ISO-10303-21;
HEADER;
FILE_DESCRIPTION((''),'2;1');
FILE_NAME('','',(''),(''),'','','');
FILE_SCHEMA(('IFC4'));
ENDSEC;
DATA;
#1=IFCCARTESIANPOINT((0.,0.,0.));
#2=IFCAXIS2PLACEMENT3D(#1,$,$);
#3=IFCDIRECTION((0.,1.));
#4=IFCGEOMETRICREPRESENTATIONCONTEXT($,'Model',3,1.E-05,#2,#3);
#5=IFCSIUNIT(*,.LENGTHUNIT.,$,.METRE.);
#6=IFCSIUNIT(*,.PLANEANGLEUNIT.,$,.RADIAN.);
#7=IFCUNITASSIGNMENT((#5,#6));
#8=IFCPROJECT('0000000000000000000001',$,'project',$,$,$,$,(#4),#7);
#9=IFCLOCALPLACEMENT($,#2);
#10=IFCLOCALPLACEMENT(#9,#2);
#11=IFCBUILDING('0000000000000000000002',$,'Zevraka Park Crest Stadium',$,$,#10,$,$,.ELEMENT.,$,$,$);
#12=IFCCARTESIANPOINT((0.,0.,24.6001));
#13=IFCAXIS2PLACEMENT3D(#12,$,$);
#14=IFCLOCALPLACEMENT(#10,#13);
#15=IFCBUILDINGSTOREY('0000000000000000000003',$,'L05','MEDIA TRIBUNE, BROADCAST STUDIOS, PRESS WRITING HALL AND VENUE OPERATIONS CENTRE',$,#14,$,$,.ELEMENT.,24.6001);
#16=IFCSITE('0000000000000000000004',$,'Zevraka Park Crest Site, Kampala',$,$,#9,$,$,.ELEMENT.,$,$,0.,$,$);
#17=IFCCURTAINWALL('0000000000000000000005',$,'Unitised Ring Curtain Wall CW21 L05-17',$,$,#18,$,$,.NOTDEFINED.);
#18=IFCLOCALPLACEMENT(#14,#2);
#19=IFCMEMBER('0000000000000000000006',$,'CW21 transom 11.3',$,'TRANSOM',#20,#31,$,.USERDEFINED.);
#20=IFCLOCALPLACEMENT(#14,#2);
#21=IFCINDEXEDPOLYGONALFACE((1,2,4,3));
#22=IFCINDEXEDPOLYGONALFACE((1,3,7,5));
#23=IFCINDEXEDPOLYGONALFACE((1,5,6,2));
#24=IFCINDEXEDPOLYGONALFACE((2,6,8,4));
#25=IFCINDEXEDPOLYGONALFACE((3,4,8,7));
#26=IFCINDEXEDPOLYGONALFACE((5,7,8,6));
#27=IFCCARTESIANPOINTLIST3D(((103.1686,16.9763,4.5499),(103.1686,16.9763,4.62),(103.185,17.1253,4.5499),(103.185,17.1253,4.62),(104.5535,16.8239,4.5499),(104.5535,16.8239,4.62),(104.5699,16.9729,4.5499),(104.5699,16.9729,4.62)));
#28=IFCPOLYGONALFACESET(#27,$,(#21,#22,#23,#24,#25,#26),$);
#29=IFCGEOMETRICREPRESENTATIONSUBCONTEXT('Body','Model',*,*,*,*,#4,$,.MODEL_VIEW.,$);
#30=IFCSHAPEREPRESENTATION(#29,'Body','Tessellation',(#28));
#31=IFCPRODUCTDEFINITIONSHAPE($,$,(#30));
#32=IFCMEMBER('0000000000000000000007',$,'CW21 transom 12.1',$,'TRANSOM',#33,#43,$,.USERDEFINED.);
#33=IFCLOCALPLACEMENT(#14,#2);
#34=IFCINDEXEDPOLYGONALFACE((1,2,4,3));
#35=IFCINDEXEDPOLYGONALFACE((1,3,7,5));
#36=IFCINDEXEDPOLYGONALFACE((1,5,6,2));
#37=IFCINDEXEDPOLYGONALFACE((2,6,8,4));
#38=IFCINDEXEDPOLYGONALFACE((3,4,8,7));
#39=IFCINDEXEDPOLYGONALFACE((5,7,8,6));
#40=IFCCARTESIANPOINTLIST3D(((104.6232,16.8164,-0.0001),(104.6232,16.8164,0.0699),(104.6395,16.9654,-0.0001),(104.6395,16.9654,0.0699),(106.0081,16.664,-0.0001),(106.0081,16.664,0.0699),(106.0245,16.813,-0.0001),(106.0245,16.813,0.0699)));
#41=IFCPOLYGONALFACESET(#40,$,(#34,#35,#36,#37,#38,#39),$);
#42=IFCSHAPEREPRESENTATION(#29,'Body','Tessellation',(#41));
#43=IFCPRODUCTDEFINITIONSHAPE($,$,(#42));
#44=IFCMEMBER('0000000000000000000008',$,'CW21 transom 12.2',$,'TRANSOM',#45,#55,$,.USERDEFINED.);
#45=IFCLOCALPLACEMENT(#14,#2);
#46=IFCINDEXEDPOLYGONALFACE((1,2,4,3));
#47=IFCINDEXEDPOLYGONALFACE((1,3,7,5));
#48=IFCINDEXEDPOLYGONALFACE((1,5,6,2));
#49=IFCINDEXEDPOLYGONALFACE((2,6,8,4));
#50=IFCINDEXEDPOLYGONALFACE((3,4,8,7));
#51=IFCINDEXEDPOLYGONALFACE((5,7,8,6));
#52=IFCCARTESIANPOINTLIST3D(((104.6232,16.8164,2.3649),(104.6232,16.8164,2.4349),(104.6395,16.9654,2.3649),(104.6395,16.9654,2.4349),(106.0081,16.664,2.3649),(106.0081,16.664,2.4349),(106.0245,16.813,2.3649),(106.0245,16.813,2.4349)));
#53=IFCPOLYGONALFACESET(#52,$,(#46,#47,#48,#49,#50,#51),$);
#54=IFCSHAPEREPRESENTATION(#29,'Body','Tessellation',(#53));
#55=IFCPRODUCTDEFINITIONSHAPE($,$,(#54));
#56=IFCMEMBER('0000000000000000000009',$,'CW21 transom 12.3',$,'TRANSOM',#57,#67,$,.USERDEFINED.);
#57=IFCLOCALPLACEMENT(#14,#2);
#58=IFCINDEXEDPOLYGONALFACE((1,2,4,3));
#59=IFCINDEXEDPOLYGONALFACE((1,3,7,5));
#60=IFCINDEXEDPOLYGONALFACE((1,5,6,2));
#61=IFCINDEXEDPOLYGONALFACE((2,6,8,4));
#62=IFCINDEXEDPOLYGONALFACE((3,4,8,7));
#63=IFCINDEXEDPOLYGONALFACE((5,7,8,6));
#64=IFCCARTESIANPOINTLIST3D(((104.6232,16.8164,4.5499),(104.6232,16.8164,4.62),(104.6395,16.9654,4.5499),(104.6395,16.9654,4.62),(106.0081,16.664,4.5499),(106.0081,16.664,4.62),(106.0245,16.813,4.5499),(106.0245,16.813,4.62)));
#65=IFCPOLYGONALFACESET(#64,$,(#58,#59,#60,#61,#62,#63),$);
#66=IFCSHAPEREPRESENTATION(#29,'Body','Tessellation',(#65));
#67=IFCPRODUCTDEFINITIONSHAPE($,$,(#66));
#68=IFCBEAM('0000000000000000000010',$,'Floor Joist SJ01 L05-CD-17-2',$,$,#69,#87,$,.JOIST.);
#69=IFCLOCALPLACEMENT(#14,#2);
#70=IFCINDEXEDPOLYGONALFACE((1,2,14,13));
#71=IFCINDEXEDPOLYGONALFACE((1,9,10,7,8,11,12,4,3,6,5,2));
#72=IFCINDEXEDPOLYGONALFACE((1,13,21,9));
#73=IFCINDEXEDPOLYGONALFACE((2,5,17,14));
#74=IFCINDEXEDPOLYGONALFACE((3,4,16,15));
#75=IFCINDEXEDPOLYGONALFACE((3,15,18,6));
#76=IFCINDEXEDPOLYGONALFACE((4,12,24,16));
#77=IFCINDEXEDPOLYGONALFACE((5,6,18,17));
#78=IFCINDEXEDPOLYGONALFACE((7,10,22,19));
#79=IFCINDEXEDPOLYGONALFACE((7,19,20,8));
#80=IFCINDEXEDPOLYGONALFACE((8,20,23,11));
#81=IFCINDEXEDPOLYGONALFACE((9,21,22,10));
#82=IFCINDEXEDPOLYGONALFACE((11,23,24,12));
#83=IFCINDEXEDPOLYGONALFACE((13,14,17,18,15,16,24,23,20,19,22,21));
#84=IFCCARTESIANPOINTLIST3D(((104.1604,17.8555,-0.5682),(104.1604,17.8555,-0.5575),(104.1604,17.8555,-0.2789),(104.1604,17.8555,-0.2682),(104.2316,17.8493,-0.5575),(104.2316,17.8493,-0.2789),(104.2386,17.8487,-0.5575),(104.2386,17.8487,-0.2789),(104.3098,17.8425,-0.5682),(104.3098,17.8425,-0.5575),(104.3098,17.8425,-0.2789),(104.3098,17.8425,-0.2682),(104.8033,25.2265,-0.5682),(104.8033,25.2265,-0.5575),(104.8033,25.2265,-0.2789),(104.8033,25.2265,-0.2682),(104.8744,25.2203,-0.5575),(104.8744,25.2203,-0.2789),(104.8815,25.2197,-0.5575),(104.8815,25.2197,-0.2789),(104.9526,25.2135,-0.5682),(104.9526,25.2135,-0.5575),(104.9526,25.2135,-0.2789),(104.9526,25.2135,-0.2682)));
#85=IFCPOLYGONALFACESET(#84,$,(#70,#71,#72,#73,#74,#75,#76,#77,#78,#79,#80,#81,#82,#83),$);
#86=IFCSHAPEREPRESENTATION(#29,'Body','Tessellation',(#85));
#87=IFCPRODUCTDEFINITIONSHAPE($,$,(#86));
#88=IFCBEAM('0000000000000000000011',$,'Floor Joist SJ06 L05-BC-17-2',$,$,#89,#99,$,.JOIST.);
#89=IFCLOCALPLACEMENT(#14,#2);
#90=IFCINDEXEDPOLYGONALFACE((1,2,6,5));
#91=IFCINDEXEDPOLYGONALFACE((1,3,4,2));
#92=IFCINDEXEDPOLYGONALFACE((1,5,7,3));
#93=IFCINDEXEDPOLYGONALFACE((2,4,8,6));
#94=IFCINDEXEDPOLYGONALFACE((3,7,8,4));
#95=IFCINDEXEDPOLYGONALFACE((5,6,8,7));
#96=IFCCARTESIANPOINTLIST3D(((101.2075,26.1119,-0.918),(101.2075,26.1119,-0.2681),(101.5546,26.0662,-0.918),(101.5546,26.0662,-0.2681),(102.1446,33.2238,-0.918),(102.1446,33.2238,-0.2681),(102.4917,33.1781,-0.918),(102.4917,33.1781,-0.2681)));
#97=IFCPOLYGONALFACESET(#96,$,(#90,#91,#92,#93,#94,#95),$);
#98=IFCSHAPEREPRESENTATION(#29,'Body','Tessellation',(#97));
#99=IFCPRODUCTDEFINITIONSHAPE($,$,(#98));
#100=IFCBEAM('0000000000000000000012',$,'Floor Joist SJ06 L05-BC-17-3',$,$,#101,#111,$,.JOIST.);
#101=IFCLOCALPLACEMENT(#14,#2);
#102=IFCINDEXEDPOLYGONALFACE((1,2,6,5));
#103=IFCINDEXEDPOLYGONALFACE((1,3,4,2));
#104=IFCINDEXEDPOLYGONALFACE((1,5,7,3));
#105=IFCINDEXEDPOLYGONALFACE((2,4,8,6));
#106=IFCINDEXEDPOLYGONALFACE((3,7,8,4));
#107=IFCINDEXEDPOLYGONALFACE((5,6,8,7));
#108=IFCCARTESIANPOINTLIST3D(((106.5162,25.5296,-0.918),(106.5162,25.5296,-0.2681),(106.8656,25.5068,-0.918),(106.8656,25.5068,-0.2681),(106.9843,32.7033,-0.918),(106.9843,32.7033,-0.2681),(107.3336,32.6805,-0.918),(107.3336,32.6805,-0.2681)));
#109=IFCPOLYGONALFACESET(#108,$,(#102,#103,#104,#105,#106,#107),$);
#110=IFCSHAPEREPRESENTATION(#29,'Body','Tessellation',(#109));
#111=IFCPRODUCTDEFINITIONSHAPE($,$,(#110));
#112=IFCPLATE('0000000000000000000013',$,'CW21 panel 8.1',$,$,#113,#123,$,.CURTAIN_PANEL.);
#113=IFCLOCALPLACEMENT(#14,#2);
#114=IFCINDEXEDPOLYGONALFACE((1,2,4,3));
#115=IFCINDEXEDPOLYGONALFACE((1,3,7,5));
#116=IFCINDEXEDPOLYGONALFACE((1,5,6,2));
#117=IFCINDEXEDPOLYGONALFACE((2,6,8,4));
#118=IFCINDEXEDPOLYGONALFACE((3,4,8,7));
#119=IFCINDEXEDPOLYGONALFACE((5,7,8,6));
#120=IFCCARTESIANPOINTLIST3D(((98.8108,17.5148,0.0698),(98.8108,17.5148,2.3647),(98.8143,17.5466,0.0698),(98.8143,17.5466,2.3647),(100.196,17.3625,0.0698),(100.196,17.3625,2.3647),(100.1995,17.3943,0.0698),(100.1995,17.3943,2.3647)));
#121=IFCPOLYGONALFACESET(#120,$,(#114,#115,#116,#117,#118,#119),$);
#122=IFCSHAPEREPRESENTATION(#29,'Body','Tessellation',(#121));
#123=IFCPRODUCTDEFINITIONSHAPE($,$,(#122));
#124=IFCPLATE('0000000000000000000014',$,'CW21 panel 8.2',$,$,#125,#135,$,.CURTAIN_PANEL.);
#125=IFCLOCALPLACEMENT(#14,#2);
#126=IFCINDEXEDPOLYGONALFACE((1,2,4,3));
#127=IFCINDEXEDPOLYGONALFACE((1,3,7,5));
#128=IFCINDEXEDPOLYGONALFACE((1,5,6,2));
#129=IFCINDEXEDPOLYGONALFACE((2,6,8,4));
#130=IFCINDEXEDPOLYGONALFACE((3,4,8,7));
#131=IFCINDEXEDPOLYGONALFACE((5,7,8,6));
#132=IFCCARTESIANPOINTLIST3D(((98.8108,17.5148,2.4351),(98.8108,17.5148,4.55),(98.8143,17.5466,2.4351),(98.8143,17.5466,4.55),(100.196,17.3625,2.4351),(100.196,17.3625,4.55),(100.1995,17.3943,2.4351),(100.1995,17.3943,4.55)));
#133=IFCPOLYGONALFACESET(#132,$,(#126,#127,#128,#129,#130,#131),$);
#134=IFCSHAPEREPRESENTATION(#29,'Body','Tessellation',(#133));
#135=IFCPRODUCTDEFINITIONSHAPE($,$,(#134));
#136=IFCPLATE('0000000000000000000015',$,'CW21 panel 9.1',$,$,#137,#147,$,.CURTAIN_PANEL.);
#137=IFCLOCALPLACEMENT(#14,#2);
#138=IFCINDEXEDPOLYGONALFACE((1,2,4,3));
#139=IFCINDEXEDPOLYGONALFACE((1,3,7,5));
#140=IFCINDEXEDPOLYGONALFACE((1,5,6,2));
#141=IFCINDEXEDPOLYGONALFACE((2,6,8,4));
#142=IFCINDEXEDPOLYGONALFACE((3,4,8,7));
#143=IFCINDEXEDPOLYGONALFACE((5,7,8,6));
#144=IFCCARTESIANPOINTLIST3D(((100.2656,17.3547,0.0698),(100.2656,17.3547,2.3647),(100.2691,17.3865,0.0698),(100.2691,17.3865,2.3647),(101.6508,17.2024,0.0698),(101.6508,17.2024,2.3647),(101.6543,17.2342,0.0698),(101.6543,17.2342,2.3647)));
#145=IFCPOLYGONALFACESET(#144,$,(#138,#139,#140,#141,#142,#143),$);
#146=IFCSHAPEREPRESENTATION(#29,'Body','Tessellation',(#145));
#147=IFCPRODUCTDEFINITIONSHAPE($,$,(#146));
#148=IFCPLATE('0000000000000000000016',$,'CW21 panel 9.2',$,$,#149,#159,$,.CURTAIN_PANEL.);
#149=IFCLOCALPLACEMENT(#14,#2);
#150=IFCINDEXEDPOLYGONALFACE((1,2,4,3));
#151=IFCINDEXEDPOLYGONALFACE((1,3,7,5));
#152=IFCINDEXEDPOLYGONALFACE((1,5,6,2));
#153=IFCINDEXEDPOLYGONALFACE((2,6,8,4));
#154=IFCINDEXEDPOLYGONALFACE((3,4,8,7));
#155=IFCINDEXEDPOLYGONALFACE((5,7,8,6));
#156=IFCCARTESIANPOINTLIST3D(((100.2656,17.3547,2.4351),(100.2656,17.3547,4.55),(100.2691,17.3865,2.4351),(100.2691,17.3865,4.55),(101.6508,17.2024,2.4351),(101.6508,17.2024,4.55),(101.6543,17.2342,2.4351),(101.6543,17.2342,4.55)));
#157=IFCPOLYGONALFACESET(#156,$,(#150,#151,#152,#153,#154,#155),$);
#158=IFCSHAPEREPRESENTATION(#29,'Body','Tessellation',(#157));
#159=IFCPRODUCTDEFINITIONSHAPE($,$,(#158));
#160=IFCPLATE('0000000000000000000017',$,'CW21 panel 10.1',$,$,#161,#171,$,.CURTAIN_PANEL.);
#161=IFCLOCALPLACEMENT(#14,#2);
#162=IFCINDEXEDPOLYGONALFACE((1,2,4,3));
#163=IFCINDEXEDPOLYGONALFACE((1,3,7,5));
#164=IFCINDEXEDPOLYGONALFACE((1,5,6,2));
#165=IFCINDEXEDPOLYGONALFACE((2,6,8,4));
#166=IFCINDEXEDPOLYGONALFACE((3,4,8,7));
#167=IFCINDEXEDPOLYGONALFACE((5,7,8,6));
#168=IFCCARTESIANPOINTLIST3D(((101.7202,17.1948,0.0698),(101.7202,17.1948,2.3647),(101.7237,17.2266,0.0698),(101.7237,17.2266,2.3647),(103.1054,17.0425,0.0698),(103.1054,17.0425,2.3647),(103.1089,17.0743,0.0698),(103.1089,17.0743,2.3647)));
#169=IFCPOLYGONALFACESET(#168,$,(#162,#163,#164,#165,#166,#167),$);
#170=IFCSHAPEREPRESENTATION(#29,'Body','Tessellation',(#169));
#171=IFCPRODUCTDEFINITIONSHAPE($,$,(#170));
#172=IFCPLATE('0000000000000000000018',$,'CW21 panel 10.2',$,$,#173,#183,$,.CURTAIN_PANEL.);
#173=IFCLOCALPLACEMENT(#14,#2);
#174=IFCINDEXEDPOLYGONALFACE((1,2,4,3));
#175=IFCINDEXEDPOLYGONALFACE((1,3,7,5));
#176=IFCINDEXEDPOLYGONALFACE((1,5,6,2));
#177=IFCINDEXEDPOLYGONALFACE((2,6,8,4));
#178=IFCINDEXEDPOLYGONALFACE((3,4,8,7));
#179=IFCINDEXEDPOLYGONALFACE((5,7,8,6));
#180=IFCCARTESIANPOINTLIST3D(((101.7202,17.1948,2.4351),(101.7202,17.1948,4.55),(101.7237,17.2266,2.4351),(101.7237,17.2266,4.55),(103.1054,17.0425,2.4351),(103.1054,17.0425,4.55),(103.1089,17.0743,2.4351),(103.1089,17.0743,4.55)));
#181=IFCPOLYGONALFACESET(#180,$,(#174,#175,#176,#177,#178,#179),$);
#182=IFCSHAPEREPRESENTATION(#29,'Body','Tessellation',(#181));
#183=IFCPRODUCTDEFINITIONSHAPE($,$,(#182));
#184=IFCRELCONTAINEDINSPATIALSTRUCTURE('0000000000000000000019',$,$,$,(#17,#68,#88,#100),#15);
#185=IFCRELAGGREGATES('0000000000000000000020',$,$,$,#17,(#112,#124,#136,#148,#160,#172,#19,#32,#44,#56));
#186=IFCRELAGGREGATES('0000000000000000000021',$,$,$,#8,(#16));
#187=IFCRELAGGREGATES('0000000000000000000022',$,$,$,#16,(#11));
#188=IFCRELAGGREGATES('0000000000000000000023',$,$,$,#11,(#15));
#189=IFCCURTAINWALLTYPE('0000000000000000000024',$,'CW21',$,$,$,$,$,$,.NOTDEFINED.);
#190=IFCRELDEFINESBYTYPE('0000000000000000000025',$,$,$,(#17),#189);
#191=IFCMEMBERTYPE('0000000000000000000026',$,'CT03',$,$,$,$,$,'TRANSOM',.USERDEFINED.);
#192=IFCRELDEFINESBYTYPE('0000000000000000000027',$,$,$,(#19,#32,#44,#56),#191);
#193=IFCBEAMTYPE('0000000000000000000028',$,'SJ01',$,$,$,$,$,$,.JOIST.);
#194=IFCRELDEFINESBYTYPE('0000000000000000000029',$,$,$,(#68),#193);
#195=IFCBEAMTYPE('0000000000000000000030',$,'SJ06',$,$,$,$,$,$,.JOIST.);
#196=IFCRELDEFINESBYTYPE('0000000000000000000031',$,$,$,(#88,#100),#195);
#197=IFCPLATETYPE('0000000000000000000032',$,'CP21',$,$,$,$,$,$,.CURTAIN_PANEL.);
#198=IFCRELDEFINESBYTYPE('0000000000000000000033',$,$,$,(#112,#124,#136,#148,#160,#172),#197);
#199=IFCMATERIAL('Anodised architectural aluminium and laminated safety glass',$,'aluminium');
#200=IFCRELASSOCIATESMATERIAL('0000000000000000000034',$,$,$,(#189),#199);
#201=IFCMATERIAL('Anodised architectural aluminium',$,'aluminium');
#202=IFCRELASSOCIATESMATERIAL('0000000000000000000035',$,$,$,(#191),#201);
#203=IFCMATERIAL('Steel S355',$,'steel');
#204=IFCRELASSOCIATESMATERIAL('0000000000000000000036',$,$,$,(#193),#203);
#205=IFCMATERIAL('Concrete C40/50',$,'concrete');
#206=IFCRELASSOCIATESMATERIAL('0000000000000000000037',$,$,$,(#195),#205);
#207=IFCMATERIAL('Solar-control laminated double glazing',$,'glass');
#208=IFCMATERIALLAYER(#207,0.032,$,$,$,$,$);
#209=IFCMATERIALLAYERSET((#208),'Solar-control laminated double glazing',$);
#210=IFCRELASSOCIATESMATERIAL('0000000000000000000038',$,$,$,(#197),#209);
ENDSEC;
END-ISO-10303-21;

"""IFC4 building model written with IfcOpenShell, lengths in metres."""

from ifc_helpers import new_model, si_unit, direction, frame, origin, origin_2d, place, context, subcontext, project, spatial, rectangle, i_section, extrude, material, layer, layer_set, material_profile, profile_set, type_object, element, aggregate, save


model = new_model("IFC4")

# Units and contexts
model_context = context("Model", 3, precision=1e-05, world=origin(), true_north=direction((0.0, 1.0)))
body_context = subcontext(model_context, "Body", "Model", "MODEL_VIEW")
ifc_project = project(units=[si_unit("LENGTHUNIT", "METRE"), si_unit("PLANEANGLEUNIT", "RADIAN")], contexts=[model_context])

# Site, building, storey
site_placement = place(None, origin())
site = spatial("IfcSite", under=ifc_project, at=site_placement, Name="Zevraka Park Crest Site, Kampala", CompositionType="ELEMENT", RefElevation=0.0)
building_placement = place(site_placement, origin())
building = spatial("IfcBuilding", under=site, at=building_placement, Name="Zevraka Park Crest Stadium", CompositionType="ELEMENT")
storey_placement = place(building_placement, frame((0.0, 0.0, 24.6001)))
storey = spatial("IfcBuildingStorey", under=building, at=storey_placement, Name="L05", Description="MEDIA TRIBUNE, BROADCAST STUDIOS, PRESS WRITING HALL AND VENUE OPERATIONS CENTRE", CompositionType="ELEMENT", Elevation=24.6001)

# Curtain wall, members
ifc_material_1 = material(Name="Anodised architectural aluminium and laminated safety glass", Category="aluminium")
curtain_wall_type = type_object("IfcCurtainWallType", Name="CW21", PredefinedType="NOTDEFINED", material=ifc_material_1)
curtain_wall_placement = place(storey_placement, origin())
curtain_wall = element("IfcCurtainWall", 1, at=curtain_wall_placement, inside=storey, type_object=curtain_wall_type, Name="Unitised Ring Curtain Wall CW21 L05-17", PredefinedType="NOTDEFINED")
ifc_material_2 = material(Name="Anodised architectural aluminium", Category="aluminium")
ifc_material_profile_1 = material_profile(ifc_material_2, rectangle(XDim=0.1499, YDim=0.0701, at=origin_2d()), Name="ALU TRANSOM 150x70")
ifc_profile_set_1 = profile_set([ifc_material_profile_1], Name="Anodised architectural aluminium")
member_type_1 = type_object("IfcMemberType", Name="CT03", ElementType="TRANSOM", PredefinedType="USERDEFINED", material=ifc_profile_set_1)
member_1_placement = place(storey_placement, frame((103.1768, 17.0508, 4.585), z_axis=(0.994005, -0.109335, 0.0), x_axis=(0.109335, 0.994005, 0.0)))
member_1 = element("IfcMember", 2, at=member_1_placement, type_object=member_type_1, Name="CW21 transom 11.3", ObjectType="TRANSOM", PredefinedType="USERDEFINED", context=body_context, shape_type="SweptSolid", body=[
    extrude(rectangle(XDim=0.1499, YDim=0.0701, at=origin_2d()), origin(), (0.0, 0.0, 1.0), 1.3933),
])
member_2_placement = place(storey_placement, frame((104.6313, 16.8909, 0.0349), z_axis=(0.994005, -0.109335, 0.0), x_axis=(0.109335, 0.994005, 0.0)))
member_2 = element("IfcMember", 3, at=member_2_placement, type_object=member_type_1, Name="CW21 transom 12.1", ObjectType="TRANSOM", PredefinedType="USERDEFINED", context=body_context, shape_type="SweptSolid", body=[
    extrude(rectangle(XDim=0.1499, YDim=0.0701, at=origin_2d()), origin(), (0.0, 0.0, 1.0), 1.3933),
])
member_3_placement = place(storey_placement, frame((104.6313, 16.8909, 2.3999), z_axis=(0.994005, -0.109335, 0.0), x_axis=(0.109335, 0.994005, 0.0)))
member_3 = element("IfcMember", 4, at=member_3_placement, type_object=member_type_1, Name="CW21 transom 12.2", ObjectType="TRANSOM", PredefinedType="USERDEFINED", context=body_context, shape_type="SweptSolid", body=[
    extrude(rectangle(XDim=0.1499, YDim=0.0701, at=origin_2d()), origin(), (0.0, 0.0, 1.0), 1.3933),
])
member_4_placement = place(storey_placement, frame((104.6313, 16.8909, 4.585), z_axis=(0.994005, -0.109335, 0.0), x_axis=(0.109335, 0.994005, 0.0)))
member_4 = element("IfcMember", 5, at=member_4_placement, type_object=member_type_1, Name="CW21 transom 12.3", ObjectType="TRANSOM", PredefinedType="USERDEFINED", context=body_context, shape_type="SweptSolid", body=[
    extrude(rectangle(XDim=0.1499, YDim=0.0701, at=origin_2d()), origin(), (0.0, 0.0, 1.0), 1.3933),
])

# Beams
ifc_material_3 = material(Name="Steel S355", Category="steel")
ifc_material_profile_2 = material_profile(ifc_material_3, i_section(OverallWidth=0.1499, OverallDepth=0.3, WebThickness=0.0071, FlangeThickness=0.0107, at=origin_2d()), Name="IPE 300")
ifc_profile_set_2 = profile_set([ifc_material_profile_2], Name="Steel S355")
beam_type_1 = type_object("IfcBeamType", Name="SJ01", PredefinedType="JOIST", material=ifc_profile_set_2)
beam_1_placement = place(storey_placement, frame((104.8779, 25.22, -0.4182), z_axis=(-0.086882, -0.996219, 0.0), x_axis=(0.996219, -0.086882, 0.0)))
element("IfcBeam", 6, at=beam_1_placement, inside=storey, type_object=beam_type_1, Name="Floor Joist SJ01 L05-CD-17-2", PredefinedType="JOIST", context=body_context, shape_type="SweptSolid", body=[
    extrude(i_section(OverallWidth=0.1499, OverallDepth=0.3, WebThickness=0.0071, FlangeThickness=0.0107, at=origin_2d()), origin(), (0.0, 0.0, 1.0), 7.3989),
])
ifc_material_4 = material(Name="Concrete C40/50", Category="concrete")
ifc_material_profile_3 = material_profile(ifc_material_4, rectangle(XDim=0.3501, YDim=0.6499, at=origin_2d()), Name="RC 650x350")
ifc_profile_set_3 = profile_set([ifc_material_profile_3], Name="Concrete C40/50")
beam_type_2 = type_object("IfcBeamType", Name="SJ06", PredefinedType="JOIST", material=ifc_profile_set_3)
beam_2_placement = place(storey_placement, frame((102.3181, 33.2009, -0.593), z_axis=(-0.130625, -0.991432, 0.0), x_axis=(0.991432, -0.130625, 0.0)))
element("IfcBeam", 7, at=beam_2_placement, inside=storey, type_object=beam_type_2, Name="Floor Joist SJ06 L05-BC-17-2", PredefinedType="JOIST", context=body_context, shape_type="SweptSolid", body=[
    extrude(rectangle(XDim=0.3501, YDim=0.6499, at=origin_2d()), origin(), (0.0, 0.0, 1.0), 7.1733),
])
beam_3_placement = place(storey_placement, frame((107.1589, 32.6919, -0.593), z_axis=(-0.065101, -0.997879, 0.0), x_axis=(0.997879, -0.065101, 0.0)))
element("IfcBeam", 8, at=beam_3_placement, inside=storey, type_object=beam_type_2, Name="Floor Joist SJ06 L05-BC-17-3", PredefinedType="JOIST", context=body_context, shape_type="SweptSolid", body=[
    extrude(rectangle(XDim=0.3501, YDim=0.6499, at=origin_2d()), origin(), (0.0, 0.0, 1.0), 7.189),
])

# Plates
ifc_material_5 = material(Name="Solar-control laminated double glazing", Category="glass")
ifc_layer_1 = layer(ifc_material_5, 0.032)
ifc_layer_set_1 = layer_set([ifc_layer_1], Name="Solar-control laminated double glazing")
plate_type = type_object("IfcPlateType", Name="CP21", PredefinedType="CURTAIN_PANEL", material=ifc_layer_set_1)
plate_1_placement = place(storey_placement, frame((99.5051, 17.4546, 0.0698), z_axis=(0.0, 0.0, 1.0), x_axis=(0.99401, -0.109288, 0.0)))
plate_1 = element("IfcPlate", 9, at=plate_1_placement, type_object=plate_type, Name="CW21 panel 8.1", PredefinedType="CURTAIN_PANEL", context=body_context, shape_type="SweptSolid", body=[
    extrude(rectangle(XDim=1.3936, YDim=0.032, at=origin_2d()), origin(), (0.0, 0.0, 1.0), 2.2949),
])
plate_2_placement = place(storey_placement, frame((99.5051, 17.4546, 2.4351), z_axis=(0.0, 0.0, 1.0), x_axis=(0.99401, -0.109288, 0.0)))
plate_2 = element("IfcPlate", 10, at=plate_2_placement, type_object=plate_type, Name="CW21 panel 8.2", PredefinedType="CURTAIN_PANEL", context=body_context, shape_type="SweptSolid", body=[
    extrude(rectangle(XDim=1.3936, YDim=0.032, at=origin_2d()), origin(), (0.0, 0.0, 1.0), 2.115),
])
plate_3_placement = place(storey_placement, frame((100.96, 17.2944, 0.0698), z_axis=(0.0, 0.0, 1.0), x_axis=(0.99401, -0.109288, 0.0)))
plate_3 = element("IfcPlate", 11, at=plate_3_placement, type_object=plate_type, Name="CW21 panel 9.1", PredefinedType="CURTAIN_PANEL", context=body_context, shape_type="SweptSolid", body=[
    extrude(rectangle(XDim=1.3936, YDim=0.032, at=origin_2d()), origin(), (0.0, 0.0, 1.0), 2.2949),
])
plate_4_placement = place(storey_placement, frame((100.96, 17.2944, 2.4351), z_axis=(0.0, 0.0, 1.0), x_axis=(0.99401, -0.109288, 0.0)))
plate_4 = element("IfcPlate", 12, at=plate_4_placement, type_object=plate_type, Name="CW21 panel 9.2", PredefinedType="CURTAIN_PANEL", context=body_context, shape_type="SweptSolid", body=[
    extrude(rectangle(XDim=1.3936, YDim=0.032, at=origin_2d()), origin(), (0.0, 0.0, 1.0), 2.115),
])
plate_5_placement = place(storey_placement, frame((102.4146, 17.1345, 0.0698), z_axis=(0.0, 0.0, 1.0), x_axis=(0.99401, -0.109288, 0.0)))
plate_5 = element("IfcPlate", 13, at=plate_5_placement, type_object=plate_type, Name="CW21 panel 10.1", PredefinedType="CURTAIN_PANEL", context=body_context, shape_type="SweptSolid", body=[
    extrude(rectangle(XDim=1.3936, YDim=0.032, at=origin_2d()), origin(), (0.0, 0.0, 1.0), 2.2949),
])
plate_6_placement = place(storey_placement, frame((102.4146, 17.1345, 2.4351), z_axis=(0.0, 0.0, 1.0), x_axis=(0.99401, -0.109288, 0.0)))
plate_6 = element("IfcPlate", 14, at=plate_6_placement, type_object=plate_type, Name="CW21 panel 10.2", PredefinedType="CURTAIN_PANEL", context=body_context, shape_type="SweptSolid", body=[
    extrude(rectangle(XDim=1.3936, YDim=0.032, at=origin_2d()), origin(), (0.0, 0.0, 1.0), 2.115),
])
aggregate(curtain_wall, [plate_1, plate_2, plate_3, plate_4, plate_5, plate_6, member_1, member_2, member_3, member_4])

save(model, "model.ifc")
